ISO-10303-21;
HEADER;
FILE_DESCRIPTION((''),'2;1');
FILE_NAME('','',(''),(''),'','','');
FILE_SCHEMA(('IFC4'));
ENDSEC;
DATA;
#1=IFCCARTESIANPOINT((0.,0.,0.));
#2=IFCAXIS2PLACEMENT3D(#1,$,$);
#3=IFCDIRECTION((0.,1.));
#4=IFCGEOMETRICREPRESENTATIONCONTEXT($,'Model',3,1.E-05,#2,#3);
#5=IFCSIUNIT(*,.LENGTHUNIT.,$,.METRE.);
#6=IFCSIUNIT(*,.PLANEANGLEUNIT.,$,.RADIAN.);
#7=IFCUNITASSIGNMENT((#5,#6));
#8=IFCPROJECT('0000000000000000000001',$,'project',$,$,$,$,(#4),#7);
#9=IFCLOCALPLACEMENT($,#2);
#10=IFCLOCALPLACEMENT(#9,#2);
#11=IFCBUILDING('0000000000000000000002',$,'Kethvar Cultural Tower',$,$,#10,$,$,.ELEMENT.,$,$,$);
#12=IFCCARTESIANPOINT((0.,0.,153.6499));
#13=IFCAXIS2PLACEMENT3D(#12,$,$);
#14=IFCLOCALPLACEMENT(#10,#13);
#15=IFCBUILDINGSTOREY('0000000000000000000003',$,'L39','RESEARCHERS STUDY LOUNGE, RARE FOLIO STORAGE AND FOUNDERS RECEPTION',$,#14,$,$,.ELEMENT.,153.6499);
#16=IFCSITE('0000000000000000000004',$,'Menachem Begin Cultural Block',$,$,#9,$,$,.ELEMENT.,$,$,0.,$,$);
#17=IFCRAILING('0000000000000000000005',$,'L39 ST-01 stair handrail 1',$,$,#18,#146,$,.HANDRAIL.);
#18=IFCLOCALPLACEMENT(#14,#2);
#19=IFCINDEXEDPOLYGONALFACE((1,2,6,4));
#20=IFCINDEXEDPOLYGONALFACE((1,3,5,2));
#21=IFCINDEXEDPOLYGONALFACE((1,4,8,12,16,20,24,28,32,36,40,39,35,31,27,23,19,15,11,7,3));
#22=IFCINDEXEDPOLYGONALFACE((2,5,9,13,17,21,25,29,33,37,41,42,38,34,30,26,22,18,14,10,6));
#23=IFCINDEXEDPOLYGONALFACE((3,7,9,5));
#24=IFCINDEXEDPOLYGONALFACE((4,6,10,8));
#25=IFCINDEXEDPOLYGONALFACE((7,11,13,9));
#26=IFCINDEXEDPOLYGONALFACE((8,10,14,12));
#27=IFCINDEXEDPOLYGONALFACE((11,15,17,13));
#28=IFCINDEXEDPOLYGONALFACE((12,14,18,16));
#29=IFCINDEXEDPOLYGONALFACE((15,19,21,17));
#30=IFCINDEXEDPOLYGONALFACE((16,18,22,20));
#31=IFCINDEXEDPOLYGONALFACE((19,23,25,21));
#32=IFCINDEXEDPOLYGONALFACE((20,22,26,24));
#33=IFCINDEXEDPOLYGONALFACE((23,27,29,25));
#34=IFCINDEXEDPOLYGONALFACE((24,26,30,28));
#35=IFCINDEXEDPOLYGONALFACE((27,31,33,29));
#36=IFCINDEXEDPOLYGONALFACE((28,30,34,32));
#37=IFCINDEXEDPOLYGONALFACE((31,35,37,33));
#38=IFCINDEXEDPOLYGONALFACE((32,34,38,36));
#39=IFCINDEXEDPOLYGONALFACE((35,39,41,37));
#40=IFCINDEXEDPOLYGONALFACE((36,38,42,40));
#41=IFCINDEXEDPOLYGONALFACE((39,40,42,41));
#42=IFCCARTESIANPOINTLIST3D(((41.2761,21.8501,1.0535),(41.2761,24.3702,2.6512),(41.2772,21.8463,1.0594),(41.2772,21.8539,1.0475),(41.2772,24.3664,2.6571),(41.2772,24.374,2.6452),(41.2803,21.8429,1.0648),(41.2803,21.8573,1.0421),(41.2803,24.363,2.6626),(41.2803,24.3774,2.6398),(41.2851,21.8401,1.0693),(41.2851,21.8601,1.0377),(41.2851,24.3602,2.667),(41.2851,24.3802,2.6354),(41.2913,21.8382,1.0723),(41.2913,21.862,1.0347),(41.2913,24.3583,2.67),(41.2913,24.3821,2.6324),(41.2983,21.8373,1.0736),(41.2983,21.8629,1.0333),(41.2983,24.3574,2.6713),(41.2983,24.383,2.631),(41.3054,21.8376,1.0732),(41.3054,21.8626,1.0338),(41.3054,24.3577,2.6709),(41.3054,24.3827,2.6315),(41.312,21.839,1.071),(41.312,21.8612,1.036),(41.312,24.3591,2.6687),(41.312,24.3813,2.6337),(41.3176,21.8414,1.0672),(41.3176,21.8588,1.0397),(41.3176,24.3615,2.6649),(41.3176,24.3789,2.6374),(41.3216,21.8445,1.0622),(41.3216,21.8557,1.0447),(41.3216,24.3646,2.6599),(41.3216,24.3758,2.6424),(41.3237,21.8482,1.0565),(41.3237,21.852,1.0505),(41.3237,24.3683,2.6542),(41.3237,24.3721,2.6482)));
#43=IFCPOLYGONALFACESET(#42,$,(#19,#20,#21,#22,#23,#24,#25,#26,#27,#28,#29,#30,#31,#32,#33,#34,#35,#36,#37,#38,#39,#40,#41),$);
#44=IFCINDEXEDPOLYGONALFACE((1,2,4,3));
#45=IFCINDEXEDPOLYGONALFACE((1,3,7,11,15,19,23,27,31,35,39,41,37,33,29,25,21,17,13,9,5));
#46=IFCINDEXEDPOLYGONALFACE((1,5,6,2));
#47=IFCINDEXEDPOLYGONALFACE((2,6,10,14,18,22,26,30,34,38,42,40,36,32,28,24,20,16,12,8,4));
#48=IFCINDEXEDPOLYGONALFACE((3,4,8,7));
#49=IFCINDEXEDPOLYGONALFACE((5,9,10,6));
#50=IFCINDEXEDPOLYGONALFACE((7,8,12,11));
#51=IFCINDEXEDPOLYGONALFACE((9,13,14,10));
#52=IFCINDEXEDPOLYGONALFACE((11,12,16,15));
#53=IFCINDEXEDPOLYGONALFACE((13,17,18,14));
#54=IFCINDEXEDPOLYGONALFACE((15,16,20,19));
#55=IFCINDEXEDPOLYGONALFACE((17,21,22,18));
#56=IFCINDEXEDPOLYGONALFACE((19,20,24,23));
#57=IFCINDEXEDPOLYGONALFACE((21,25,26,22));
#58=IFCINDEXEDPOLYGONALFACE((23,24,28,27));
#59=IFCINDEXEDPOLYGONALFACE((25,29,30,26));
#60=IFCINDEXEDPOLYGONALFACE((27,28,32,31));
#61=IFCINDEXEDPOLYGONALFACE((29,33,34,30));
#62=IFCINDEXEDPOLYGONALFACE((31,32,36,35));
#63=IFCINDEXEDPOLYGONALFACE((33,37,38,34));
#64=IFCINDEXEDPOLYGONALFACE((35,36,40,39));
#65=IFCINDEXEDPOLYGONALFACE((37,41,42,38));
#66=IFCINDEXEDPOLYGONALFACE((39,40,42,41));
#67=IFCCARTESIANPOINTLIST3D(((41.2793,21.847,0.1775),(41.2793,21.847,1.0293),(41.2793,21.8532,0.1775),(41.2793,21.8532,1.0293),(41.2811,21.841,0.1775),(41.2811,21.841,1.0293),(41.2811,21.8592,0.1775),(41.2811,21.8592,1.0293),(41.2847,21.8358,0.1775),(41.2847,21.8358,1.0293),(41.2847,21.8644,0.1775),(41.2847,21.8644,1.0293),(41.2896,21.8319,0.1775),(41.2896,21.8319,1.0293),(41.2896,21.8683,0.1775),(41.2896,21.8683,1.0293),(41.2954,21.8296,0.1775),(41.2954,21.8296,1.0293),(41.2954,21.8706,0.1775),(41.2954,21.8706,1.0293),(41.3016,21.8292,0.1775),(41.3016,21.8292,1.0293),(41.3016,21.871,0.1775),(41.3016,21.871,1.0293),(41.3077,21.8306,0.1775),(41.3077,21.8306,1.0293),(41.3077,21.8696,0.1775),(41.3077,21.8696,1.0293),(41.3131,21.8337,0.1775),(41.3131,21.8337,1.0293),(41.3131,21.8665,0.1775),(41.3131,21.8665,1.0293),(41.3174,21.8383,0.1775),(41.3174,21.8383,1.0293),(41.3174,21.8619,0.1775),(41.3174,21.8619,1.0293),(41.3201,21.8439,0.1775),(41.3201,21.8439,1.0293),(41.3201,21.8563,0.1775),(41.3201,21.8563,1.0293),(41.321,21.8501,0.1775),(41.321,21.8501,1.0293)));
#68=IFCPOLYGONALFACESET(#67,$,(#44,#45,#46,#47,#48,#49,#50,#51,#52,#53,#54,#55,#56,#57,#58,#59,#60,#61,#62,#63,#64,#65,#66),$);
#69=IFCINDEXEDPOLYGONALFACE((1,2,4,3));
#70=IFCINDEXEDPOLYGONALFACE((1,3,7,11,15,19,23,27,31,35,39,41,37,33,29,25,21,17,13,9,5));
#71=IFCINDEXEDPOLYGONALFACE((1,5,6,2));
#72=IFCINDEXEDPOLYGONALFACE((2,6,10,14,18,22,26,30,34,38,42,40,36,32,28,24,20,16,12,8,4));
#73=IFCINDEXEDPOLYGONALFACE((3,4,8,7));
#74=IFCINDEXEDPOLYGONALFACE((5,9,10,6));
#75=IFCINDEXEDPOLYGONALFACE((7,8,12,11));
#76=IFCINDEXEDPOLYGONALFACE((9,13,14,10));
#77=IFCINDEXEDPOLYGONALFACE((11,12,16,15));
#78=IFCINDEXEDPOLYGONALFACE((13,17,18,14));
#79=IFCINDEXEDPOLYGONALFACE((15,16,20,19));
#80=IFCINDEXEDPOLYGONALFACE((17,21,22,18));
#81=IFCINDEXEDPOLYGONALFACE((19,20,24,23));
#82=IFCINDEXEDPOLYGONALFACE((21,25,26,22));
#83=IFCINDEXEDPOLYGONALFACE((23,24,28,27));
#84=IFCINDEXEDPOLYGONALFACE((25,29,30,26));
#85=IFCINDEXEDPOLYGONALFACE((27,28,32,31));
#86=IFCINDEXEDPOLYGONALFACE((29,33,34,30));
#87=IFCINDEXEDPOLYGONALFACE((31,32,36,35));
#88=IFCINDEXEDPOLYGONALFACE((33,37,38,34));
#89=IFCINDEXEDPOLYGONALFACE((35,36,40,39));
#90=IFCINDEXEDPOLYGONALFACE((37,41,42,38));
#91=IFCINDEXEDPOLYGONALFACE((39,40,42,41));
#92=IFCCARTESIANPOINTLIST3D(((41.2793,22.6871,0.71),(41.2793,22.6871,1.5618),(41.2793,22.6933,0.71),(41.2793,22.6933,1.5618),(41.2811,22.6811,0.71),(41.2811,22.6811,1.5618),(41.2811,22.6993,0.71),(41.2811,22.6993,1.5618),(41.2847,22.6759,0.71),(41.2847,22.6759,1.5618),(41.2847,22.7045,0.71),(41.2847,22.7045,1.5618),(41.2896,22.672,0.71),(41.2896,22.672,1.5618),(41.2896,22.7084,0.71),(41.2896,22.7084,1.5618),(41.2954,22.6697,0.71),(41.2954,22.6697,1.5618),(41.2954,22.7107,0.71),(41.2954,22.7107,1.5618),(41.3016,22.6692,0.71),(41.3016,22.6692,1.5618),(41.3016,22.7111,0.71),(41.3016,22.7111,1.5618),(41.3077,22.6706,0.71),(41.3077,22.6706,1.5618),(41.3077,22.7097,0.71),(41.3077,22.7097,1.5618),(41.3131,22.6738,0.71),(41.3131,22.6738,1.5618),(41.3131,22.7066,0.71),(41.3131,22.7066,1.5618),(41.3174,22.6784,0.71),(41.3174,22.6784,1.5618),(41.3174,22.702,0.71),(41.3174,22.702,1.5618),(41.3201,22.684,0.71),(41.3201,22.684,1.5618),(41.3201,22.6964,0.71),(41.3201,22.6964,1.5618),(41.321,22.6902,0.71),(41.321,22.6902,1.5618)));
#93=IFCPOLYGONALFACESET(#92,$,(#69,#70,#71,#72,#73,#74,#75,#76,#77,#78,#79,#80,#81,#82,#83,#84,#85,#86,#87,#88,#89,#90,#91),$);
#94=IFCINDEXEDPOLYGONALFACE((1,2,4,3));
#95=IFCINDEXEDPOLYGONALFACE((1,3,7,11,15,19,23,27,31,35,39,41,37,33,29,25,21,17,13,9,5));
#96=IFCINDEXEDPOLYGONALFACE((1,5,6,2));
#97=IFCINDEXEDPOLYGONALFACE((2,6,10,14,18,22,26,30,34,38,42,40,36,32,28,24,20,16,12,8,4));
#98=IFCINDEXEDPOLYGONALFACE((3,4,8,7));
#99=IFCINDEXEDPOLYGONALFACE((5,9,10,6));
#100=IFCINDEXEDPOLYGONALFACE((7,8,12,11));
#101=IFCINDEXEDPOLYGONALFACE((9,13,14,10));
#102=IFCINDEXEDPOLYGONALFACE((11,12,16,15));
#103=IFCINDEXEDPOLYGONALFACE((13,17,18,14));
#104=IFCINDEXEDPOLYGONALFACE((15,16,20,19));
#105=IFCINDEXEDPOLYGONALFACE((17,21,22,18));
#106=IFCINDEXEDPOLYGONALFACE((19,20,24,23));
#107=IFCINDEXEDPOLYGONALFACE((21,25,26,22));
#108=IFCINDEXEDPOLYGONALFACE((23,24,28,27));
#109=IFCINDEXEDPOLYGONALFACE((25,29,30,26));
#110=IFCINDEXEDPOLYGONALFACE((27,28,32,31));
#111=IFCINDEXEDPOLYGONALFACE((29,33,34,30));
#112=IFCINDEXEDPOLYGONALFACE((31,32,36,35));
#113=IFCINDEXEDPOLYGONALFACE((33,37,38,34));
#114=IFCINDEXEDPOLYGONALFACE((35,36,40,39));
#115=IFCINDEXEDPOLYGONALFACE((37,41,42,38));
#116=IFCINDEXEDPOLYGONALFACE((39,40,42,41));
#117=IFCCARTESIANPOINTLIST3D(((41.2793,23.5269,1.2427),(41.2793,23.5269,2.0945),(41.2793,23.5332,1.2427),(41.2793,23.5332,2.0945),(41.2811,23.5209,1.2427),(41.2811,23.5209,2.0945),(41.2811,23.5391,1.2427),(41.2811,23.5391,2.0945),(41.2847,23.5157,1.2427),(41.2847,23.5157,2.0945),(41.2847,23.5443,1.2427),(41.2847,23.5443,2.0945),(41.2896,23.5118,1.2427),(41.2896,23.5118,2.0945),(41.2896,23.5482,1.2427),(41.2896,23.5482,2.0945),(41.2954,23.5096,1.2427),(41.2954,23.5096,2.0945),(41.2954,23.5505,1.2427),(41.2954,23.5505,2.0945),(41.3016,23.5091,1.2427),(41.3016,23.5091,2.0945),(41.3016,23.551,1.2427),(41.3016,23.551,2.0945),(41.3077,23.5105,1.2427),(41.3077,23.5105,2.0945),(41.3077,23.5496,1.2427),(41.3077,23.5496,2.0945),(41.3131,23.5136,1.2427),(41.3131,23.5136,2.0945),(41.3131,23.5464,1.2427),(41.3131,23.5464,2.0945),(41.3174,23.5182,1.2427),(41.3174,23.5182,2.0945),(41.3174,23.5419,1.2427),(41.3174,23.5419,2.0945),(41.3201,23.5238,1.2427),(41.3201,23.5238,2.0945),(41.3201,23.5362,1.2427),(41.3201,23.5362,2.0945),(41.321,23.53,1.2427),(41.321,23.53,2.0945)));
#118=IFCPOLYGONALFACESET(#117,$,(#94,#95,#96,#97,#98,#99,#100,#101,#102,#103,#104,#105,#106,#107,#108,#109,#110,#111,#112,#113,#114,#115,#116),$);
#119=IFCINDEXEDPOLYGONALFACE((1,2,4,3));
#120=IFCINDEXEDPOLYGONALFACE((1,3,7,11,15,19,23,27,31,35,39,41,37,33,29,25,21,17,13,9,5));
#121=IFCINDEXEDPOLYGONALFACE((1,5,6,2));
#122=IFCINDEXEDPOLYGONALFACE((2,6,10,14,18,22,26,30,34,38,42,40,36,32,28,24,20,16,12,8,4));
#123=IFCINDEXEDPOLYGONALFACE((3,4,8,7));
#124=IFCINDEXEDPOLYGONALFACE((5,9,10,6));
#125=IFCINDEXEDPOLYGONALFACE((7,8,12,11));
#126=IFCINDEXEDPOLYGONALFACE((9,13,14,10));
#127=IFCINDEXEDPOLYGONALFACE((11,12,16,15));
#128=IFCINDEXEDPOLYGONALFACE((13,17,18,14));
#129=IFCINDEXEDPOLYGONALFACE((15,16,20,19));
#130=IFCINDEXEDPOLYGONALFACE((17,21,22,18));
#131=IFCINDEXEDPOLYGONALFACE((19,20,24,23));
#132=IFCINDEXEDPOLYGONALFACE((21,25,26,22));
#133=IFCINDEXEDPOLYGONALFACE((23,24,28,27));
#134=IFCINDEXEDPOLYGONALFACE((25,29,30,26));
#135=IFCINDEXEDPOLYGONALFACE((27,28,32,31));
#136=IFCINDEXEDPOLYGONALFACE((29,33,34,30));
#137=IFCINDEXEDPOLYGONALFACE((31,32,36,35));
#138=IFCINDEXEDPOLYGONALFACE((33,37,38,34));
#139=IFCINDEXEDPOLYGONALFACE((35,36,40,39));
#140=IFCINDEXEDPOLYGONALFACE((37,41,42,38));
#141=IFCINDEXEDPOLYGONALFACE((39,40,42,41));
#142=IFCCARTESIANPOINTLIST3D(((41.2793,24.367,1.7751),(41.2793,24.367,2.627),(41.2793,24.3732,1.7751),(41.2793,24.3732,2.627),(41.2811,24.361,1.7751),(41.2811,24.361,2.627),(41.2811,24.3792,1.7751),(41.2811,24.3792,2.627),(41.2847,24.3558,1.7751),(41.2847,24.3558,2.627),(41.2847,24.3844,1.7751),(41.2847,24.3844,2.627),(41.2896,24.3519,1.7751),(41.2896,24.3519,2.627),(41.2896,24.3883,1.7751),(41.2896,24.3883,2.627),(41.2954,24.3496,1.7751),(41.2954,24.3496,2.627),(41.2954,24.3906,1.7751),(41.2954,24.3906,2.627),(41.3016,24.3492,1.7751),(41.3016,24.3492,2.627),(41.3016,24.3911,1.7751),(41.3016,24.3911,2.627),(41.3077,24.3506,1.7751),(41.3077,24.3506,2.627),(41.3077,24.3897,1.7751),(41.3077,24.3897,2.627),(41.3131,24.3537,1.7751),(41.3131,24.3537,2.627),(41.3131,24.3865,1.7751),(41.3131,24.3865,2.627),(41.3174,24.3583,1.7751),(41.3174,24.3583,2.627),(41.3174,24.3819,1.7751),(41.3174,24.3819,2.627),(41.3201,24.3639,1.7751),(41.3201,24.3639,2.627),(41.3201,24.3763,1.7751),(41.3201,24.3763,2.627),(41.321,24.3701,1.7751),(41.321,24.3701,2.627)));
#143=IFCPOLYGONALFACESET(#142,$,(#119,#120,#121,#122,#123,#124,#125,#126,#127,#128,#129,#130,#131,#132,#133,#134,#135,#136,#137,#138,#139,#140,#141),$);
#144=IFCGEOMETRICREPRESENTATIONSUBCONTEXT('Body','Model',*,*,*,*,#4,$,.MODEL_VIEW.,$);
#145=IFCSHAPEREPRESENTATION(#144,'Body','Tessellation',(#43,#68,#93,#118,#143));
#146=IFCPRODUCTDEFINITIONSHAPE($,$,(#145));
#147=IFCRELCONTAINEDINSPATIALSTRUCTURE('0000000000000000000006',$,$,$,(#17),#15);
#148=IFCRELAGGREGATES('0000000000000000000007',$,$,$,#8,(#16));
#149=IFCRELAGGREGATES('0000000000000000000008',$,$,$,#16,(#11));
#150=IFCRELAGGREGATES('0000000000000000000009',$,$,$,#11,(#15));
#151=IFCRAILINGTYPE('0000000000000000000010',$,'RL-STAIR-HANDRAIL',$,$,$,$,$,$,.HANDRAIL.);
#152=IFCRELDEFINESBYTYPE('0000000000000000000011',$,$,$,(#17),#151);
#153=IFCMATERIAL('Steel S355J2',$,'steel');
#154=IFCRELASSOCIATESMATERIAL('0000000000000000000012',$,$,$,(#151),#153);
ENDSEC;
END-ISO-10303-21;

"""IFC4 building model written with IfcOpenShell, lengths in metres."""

from ifc_helpers import new_model, si_unit, direction, frame, origin, origin_2d, place, context, subcontext, project, spatial, circle, extrude, material, type_object, element, save


model = new_model("IFC4")

# Units and contexts
model_context = context("Model", 3, precision=1e-05, world=origin(), true_north=direction((0.0, 1.0)))
body_context = subcontext(model_context, "Body", "Model", "MODEL_VIEW")
ifc_project = project(units=[si_unit("LENGTHUNIT", "METRE"), si_unit("PLANEANGLEUNIT", "RADIAN")], contexts=[model_context])

# Site, building, storey
site_placement = place(None, origin())
site = spatial("IfcSite", under=ifc_project, at=site_placement, Name="Menachem Begin Cultural Block", CompositionType="ELEMENT", RefElevation=0.0)
building_placement = place(site_placement, origin())
building = spatial("IfcBuilding", under=site, at=building_placement, Name="Kethvar Cultural Tower", CompositionType="ELEMENT")
storey_placement = place(building_placement, frame((0.0, 0.0, 153.6499)))
storey = spatial("IfcBuildingStorey", under=building, at=storey_placement, Name="L39", Description="RESEARCHERS STUDY LOUNGE, RARE FOLIO STORAGE AND FOUNDERS RECEPTION", CompositionType="ELEMENT", Elevation=153.6499)

# Shared definitions
ifc_material_1 = material(Name="Steel S355J2", Category="steel")

# Railing
railing_type_1 = type_object("IfcRailingType", Name="RL-STAIR-HANDRAIL", PredefinedType="HANDRAIL", material=ifc_material_1)
railing_1_placement = place(storey_placement, frame((41.3, 21.8501, 0.1775)))
element("IfcRailing", 1, at=railing_1_placement, inside=storey, type_object=railing_type_1, Name="L39 ST-01 stair handrail 1", PredefinedType="HANDRAIL", context=body_context, shape_type="SweptSolid", body=[
    extrude(circle(Radius=0.0239, at=origin_2d()), frame((0.0, 0.0, 0.876), z_axis=(0.0, 0.84457, 0.535445), x_axis=(-1.0, 0.0, 0.0)), (0.0, 0.0, 1.0), 2.9839),
    extrude(circle(Radius=0.021, at=origin_2d()), origin(), (0.0, 0.0, 1.0), 0.8518),
    extrude(circle(Radius=0.021, at=origin_2d()), frame((0.0, 0.8401, 0.5325)), (0.0, 0.0, 1.0), 0.8518),
    extrude(circle(Radius=0.021, at=origin_2d()), frame((0.0, 1.6799, 1.0652)), (0.0, 0.0, 1.0), 0.8518),
    extrude(circle(Radius=0.021, at=origin_2d()), frame((0.0, 2.52, 1.5977)), (0.0, 0.0, 1.0), 0.8518),
])

save(model, "model.ifc")
